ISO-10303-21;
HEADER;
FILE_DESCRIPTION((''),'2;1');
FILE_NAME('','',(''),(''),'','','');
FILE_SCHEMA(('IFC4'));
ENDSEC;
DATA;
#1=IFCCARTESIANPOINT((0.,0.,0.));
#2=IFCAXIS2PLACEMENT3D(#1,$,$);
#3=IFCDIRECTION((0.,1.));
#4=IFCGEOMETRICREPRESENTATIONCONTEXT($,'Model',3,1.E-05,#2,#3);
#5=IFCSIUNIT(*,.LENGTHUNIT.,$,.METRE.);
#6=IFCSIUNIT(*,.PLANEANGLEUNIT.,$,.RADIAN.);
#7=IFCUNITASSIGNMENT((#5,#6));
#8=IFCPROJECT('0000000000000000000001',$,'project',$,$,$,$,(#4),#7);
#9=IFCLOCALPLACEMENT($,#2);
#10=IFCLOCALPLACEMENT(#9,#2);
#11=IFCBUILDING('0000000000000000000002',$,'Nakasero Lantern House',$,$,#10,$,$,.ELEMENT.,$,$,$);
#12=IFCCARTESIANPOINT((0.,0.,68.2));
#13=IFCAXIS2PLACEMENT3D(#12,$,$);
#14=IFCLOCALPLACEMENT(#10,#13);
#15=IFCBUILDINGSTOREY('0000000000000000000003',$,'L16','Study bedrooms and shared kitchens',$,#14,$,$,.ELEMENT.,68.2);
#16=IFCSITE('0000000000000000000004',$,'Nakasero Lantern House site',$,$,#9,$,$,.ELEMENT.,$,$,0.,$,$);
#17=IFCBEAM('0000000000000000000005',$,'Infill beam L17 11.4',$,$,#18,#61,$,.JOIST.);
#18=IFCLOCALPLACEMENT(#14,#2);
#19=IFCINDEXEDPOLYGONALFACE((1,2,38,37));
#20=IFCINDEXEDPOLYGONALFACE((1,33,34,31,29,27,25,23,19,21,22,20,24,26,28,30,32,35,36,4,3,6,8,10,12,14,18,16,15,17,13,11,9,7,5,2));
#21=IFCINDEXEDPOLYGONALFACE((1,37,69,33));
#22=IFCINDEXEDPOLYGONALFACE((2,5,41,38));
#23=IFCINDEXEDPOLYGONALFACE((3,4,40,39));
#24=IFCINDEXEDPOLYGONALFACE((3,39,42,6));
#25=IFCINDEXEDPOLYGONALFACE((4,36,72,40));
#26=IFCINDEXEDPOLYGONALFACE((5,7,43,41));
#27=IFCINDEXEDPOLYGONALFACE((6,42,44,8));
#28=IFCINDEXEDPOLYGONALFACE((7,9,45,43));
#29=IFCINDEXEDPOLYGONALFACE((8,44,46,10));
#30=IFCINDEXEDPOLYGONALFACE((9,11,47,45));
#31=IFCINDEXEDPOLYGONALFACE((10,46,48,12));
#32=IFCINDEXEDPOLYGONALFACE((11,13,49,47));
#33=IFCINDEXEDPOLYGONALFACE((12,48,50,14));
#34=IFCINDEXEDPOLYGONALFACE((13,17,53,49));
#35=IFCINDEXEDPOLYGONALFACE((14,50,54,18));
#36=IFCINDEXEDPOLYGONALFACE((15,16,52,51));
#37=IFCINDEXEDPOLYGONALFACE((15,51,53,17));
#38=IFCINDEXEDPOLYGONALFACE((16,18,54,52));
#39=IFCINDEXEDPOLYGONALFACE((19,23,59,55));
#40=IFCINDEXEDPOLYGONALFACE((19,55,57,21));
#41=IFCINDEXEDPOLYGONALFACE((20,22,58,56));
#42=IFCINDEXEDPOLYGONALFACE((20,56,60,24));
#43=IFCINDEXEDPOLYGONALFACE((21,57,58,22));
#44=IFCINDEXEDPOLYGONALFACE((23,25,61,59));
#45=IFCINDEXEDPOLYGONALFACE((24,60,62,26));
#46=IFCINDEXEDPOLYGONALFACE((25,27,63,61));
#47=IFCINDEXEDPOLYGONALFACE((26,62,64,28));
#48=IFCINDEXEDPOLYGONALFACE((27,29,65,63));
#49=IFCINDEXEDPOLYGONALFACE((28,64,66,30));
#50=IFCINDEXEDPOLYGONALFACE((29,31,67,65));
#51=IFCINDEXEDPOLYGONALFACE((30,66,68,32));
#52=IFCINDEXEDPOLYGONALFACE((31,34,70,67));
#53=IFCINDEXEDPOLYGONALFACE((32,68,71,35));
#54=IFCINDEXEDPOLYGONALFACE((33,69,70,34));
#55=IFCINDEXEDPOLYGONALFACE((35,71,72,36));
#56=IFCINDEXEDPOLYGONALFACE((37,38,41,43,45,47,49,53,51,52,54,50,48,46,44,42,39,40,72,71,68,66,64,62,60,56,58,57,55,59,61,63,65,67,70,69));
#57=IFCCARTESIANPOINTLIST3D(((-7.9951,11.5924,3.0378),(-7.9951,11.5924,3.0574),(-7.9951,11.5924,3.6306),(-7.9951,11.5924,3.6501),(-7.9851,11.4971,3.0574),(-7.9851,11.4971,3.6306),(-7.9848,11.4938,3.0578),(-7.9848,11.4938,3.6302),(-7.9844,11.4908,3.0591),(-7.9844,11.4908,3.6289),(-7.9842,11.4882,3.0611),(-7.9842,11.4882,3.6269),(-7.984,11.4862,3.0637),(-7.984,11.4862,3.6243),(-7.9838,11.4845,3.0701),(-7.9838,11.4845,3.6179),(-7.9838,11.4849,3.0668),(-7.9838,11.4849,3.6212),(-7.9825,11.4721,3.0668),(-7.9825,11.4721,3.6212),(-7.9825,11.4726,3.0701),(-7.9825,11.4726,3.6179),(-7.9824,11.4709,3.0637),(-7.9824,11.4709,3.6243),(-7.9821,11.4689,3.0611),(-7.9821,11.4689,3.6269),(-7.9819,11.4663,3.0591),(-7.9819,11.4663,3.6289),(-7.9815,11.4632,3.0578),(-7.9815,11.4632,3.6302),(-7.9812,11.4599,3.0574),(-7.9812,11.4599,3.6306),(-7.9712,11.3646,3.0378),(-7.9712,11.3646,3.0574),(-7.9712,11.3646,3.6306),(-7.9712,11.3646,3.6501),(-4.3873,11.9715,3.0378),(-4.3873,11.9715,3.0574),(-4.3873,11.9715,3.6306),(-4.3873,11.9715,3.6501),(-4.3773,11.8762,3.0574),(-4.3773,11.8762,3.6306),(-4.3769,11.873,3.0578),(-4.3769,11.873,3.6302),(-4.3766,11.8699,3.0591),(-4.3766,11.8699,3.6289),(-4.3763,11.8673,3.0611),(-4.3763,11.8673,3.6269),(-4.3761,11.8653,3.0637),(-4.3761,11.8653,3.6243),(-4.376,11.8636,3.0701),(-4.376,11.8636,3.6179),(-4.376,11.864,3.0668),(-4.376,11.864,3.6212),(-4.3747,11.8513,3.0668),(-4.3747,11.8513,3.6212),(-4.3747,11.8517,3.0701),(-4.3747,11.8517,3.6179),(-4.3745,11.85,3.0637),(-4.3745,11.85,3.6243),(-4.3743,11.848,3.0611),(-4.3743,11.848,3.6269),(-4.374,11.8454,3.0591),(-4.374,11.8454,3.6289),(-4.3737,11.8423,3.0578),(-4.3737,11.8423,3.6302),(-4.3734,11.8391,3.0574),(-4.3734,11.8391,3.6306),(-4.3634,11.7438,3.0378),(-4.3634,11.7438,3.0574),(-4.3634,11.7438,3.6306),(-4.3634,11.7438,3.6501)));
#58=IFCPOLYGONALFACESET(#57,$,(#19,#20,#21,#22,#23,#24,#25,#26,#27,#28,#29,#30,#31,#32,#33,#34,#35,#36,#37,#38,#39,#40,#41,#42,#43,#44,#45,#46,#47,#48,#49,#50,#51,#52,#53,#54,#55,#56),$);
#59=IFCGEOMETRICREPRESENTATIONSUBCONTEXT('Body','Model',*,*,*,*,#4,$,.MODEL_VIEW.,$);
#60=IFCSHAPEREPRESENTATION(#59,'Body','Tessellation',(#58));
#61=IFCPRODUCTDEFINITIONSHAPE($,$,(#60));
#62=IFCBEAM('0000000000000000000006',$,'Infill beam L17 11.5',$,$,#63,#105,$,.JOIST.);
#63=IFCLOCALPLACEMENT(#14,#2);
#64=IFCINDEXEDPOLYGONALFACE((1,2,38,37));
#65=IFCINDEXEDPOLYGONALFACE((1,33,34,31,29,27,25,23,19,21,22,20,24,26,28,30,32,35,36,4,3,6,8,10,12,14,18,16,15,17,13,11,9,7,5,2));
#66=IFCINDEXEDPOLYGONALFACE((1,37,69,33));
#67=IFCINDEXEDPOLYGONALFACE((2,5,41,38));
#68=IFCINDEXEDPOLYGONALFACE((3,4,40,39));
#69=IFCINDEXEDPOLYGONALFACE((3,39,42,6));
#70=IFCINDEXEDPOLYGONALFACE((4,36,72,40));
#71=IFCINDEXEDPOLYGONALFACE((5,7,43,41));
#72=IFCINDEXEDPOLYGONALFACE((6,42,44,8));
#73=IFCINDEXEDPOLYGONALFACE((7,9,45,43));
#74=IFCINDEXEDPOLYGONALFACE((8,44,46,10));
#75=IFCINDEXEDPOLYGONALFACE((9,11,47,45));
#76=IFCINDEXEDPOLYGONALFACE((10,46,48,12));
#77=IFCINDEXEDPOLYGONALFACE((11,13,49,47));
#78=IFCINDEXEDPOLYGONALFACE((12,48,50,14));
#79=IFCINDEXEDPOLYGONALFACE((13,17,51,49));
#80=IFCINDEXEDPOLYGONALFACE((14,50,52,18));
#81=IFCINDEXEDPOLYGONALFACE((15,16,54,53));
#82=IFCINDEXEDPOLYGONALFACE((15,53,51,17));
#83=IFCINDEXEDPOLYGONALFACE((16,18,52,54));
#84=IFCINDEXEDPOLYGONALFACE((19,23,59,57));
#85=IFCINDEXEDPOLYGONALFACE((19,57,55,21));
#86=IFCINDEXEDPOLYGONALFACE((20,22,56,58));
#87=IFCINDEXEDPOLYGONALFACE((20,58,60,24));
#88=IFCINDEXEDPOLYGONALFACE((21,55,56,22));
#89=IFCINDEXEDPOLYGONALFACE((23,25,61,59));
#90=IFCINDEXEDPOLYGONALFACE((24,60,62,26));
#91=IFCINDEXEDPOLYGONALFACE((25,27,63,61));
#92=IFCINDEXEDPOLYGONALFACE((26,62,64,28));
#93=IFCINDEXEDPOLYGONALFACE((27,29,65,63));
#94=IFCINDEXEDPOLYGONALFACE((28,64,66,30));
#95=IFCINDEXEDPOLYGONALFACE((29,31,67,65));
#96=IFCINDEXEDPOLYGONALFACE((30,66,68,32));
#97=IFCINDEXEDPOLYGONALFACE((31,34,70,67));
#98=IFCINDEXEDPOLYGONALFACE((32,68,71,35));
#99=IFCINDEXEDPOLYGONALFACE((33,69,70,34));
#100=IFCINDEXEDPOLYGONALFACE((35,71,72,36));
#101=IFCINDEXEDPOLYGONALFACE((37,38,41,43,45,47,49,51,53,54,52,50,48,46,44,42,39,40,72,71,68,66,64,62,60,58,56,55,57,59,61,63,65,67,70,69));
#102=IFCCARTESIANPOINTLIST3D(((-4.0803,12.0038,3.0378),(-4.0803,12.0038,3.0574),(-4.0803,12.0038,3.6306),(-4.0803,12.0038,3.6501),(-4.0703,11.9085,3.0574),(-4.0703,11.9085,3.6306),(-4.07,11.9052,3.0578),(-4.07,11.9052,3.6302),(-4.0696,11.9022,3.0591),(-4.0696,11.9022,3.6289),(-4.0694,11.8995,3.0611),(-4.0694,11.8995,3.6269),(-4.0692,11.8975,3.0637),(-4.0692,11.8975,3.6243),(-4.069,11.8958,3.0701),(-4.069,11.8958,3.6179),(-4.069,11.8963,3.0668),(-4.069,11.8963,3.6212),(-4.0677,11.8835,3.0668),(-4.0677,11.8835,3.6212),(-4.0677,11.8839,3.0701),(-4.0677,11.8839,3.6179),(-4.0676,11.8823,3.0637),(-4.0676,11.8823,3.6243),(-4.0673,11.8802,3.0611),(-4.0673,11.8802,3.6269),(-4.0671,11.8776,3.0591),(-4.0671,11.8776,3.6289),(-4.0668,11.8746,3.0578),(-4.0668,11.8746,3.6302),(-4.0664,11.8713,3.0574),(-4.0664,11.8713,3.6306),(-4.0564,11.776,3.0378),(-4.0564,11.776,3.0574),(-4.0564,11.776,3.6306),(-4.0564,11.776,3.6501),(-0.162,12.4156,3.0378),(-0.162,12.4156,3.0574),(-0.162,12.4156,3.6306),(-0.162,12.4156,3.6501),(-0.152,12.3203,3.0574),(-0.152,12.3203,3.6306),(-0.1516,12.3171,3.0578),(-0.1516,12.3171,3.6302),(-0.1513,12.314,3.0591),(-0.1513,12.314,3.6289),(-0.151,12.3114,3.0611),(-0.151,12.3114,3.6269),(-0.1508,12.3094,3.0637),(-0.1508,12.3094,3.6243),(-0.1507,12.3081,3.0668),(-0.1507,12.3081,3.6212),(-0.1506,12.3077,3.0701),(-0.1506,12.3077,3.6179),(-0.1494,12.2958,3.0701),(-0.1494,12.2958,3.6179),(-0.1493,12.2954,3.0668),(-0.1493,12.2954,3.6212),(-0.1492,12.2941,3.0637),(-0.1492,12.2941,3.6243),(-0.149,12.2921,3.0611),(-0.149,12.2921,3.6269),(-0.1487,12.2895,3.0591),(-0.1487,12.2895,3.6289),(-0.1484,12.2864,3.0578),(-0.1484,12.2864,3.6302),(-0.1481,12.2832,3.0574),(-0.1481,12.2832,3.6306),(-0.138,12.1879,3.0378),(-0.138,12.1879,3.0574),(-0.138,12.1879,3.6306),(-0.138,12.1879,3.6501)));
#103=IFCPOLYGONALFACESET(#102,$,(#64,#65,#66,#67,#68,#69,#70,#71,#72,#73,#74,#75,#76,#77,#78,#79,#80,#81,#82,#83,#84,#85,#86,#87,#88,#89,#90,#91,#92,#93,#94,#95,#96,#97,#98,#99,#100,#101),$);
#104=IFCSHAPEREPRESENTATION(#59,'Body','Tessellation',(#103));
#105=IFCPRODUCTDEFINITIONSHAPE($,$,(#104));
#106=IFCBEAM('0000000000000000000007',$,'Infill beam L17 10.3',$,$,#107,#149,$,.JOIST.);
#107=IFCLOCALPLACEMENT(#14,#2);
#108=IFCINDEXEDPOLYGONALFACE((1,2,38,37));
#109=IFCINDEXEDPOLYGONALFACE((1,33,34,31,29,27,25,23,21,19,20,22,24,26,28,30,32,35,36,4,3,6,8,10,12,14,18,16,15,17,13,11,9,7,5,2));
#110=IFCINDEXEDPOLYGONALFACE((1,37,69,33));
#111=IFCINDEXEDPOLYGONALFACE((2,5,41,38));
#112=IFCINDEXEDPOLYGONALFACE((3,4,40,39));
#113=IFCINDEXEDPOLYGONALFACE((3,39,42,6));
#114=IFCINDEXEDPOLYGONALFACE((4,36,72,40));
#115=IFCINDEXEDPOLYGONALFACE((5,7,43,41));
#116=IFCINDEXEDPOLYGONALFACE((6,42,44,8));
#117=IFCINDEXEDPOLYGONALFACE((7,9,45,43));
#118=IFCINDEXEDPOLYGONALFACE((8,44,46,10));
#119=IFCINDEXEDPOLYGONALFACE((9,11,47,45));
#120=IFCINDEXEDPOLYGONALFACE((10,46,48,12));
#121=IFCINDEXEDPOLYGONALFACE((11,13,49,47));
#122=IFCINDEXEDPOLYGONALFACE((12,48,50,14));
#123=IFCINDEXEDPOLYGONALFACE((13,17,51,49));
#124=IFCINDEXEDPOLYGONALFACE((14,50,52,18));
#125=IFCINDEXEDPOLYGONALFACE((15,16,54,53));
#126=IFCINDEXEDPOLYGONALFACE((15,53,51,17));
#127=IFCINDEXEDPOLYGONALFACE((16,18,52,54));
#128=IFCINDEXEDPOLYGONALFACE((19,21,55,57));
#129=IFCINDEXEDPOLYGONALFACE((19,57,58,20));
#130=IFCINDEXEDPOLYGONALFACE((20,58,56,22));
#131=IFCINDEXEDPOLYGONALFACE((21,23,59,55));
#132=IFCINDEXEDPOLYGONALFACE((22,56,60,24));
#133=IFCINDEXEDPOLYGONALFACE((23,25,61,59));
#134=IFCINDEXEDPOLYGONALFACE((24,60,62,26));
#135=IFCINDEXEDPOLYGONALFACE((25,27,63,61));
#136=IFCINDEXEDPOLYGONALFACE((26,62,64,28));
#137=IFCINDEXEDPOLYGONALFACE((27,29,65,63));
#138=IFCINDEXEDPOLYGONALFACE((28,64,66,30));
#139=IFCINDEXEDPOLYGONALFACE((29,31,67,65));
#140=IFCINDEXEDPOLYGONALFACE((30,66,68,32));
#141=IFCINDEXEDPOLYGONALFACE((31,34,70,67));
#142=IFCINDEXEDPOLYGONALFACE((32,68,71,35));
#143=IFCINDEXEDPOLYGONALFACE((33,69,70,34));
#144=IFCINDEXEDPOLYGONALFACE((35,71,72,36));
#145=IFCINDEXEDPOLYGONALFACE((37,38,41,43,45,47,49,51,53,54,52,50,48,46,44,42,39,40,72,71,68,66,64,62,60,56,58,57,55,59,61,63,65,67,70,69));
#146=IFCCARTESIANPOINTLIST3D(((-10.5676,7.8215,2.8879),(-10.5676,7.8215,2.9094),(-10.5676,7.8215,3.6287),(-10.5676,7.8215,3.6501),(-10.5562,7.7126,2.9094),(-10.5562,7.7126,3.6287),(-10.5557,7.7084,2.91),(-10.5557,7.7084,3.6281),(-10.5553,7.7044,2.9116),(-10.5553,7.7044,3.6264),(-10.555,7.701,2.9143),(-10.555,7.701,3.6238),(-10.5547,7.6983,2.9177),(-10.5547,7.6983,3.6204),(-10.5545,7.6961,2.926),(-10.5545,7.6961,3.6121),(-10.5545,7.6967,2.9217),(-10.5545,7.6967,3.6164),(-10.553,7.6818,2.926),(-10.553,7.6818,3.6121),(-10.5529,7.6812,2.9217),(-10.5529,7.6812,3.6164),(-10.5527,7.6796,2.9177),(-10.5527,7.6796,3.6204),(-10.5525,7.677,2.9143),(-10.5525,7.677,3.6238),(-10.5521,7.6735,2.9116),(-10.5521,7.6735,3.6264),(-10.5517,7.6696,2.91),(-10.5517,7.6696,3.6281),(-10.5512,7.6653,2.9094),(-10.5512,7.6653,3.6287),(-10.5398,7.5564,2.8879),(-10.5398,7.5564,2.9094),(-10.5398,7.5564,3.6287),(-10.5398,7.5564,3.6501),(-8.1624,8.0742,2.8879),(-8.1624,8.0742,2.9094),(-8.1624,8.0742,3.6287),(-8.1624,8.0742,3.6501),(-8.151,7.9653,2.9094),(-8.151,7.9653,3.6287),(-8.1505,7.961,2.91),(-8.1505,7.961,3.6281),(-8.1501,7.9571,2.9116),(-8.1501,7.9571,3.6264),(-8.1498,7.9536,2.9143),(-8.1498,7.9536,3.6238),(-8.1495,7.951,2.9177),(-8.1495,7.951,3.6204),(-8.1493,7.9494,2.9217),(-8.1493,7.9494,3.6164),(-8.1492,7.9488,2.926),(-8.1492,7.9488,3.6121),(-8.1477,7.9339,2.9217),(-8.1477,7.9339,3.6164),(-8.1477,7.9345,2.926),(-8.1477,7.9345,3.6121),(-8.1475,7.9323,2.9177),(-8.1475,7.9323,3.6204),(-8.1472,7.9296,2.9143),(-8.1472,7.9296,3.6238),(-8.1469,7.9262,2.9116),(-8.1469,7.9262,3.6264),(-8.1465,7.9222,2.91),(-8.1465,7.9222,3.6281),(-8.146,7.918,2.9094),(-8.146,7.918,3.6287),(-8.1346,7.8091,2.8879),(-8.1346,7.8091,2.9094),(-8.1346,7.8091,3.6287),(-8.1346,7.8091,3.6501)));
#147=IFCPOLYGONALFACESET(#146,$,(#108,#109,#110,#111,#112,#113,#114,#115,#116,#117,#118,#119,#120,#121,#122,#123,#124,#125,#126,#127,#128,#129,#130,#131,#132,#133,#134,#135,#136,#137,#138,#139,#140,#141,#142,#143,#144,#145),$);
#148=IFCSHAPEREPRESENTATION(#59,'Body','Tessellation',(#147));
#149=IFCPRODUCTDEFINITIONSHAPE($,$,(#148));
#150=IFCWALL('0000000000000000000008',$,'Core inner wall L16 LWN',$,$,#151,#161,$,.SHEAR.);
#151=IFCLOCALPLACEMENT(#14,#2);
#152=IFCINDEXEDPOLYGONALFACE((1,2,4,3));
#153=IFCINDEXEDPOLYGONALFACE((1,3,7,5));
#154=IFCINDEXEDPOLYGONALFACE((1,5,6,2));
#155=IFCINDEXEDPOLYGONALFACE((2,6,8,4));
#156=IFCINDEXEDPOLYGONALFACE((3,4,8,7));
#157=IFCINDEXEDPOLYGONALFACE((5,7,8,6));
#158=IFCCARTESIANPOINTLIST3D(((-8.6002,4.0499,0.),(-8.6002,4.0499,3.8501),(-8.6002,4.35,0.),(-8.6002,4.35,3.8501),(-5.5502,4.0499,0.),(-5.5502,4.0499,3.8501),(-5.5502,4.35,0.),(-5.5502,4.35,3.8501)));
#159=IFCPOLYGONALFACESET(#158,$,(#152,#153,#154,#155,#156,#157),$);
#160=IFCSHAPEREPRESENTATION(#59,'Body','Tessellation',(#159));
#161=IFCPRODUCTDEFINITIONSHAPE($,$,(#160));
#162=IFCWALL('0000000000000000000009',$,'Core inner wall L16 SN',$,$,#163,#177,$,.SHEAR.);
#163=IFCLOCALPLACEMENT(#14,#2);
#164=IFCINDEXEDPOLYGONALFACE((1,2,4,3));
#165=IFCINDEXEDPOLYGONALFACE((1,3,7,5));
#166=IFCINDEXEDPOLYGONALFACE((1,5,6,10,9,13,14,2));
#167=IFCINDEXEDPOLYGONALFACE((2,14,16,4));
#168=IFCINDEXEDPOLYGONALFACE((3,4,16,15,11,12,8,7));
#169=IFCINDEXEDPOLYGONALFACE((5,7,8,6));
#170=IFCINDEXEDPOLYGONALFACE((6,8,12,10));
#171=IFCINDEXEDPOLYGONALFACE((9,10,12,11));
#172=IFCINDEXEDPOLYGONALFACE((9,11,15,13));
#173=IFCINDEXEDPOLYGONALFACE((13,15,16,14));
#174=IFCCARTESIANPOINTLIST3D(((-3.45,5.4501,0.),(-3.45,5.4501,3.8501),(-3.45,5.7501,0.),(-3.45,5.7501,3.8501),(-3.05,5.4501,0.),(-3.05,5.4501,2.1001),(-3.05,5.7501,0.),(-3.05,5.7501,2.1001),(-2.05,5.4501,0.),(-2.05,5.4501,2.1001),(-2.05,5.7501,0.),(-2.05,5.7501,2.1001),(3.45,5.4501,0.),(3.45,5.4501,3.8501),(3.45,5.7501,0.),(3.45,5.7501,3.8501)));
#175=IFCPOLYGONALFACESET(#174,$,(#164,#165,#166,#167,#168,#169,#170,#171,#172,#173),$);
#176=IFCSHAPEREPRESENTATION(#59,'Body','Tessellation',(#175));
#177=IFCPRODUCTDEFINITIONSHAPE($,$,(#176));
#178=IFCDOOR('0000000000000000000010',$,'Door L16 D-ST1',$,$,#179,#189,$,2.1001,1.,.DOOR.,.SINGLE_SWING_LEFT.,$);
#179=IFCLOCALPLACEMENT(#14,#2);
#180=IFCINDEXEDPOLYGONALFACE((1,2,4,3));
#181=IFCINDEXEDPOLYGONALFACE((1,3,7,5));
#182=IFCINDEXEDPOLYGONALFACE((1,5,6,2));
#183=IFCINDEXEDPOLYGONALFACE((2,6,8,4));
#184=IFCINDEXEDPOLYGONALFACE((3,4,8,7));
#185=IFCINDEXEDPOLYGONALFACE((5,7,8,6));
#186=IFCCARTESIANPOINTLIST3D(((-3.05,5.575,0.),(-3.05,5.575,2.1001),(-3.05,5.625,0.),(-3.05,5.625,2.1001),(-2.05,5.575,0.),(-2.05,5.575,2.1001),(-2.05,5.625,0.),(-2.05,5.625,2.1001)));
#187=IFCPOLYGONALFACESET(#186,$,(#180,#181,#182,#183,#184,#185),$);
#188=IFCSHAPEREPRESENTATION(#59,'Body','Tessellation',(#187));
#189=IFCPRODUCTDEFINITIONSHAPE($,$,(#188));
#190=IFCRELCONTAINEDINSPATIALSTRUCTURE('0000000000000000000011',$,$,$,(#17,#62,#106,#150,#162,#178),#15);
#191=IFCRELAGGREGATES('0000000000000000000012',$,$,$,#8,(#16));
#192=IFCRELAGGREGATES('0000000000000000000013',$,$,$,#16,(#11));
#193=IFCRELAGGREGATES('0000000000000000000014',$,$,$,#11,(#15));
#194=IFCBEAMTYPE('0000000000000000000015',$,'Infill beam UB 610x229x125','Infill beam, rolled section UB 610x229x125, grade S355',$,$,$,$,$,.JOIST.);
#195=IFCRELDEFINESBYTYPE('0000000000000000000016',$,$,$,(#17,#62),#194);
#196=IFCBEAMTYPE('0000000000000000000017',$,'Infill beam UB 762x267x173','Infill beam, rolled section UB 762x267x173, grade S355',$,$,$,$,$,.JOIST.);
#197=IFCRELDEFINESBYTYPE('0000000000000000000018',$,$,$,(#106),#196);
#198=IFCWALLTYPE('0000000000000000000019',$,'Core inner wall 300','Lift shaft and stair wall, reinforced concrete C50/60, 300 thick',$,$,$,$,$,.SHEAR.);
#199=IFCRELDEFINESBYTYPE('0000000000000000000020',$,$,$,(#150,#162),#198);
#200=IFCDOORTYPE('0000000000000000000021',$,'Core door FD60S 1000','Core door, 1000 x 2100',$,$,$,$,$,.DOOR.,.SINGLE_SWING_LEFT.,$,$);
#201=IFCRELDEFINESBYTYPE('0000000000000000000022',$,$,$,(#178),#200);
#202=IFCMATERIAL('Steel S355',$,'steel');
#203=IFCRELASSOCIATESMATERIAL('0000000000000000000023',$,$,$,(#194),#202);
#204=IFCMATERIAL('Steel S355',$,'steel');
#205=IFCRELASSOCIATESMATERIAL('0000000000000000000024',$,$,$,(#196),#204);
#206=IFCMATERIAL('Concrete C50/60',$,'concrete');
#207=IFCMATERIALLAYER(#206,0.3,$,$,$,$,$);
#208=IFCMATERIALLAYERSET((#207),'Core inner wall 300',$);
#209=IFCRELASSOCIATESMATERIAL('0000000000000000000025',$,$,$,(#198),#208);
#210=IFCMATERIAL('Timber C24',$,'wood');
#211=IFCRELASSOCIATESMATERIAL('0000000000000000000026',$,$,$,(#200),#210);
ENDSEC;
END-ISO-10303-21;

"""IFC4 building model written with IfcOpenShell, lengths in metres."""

from ifc_helpers import new_model, si_unit, direction, frame, frame_2d, origin, origin_2d, place, context, subcontext, project, spatial, rectangle, i_section, extrude, material, layer, layer_set, material_profile, profile_set, type_object, element, fill, save


model = new_model("IFC4")

# Units and contexts
model_context = context("Model", 3, precision=1e-05, world=origin(), true_north=direction((0.0, 1.0)))
body_context = subcontext(model_context, "Body", "Model", "MODEL_VIEW")
ifc_project = project(units=[si_unit("LENGTHUNIT", "METRE"), si_unit("PLANEANGLEUNIT", "RADIAN")], contexts=[model_context])

# Site, building, storey
site_placement = place(None, origin())
site = spatial("IfcSite", under=ifc_project, at=site_placement, Name="Nakasero Lantern House site", CompositionType="ELEMENT", RefElevation=0.0)
building_placement = place(site_placement, origin())
building = spatial("IfcBuilding", under=site, at=building_placement, Name="Nakasero Lantern House", CompositionType="ELEMENT")
storey_placement = place(building_placement, frame((0.0, 0.0, 68.2)))
storey = spatial("IfcBuildingStorey", under=building, at=storey_placement, Name="L16", Description="Study bedrooms and shared kitchens", CompositionType="ELEMENT", Elevation=68.2)

# Beams
ifc_material_1 = material(Name="Steel S355", Category="steel")
ifc_material_profile_1 = material_profile(ifc_material_1, i_section(OverallWidth=0.229, OverallDepth=0.6123, WebThickness=0.012, FlangeThickness=0.0195, FilletRadius=0.0127, at=origin_2d()), Name="UB 610x229x125")
ifc_profile_set_1 = profile_set([ifc_material_profile_1], Name="Steel S355")
beam_type_1 = type_object("IfcBeamType", Name="Infill beam UB 610x229x125", Description="Infill beam, rolled section UB 610x229x125, grade S355", PredefinedType="JOIST", material=ifc_profile_set_1)
beam_1_placement = place(storey_placement, frame((-7.9832, 11.4785, 3.344), z_axis=(0.994524, 0.104513, 0.0), x_axis=(-0.104513, 0.994524, 0.0)))
element("IfcBeam", 1, at=beam_1_placement, inside=storey, type_object=beam_type_1, Name="Infill beam L17 11.4", PredefinedType="JOIST", context=body_context, shape_type="SweptSolid", body=[
    extrude(i_section(OverallWidth=0.229, OverallDepth=0.6123, WebThickness=0.012, FlangeThickness=0.0195, FilletRadius=0.0127, at=origin_2d()), origin(), (0.0, 0.0, 1.0), 3.6277),
])
beam_2_placement = place(storey_placement, frame((-4.0684, 11.8899, 3.344), z_axis=(0.994521, 0.104533, 0.0), x_axis=(-0.104533, 0.994521, 0.0)))
element("IfcBeam", 2, at=beam_2_placement, inside=storey, type_object=beam_type_1, Name="Infill beam L17 11.5", PredefinedType="JOIST", context=body_context, shape_type="SweptSolid", body=[
    extrude(i_section(OverallWidth=0.229, OverallDepth=0.6123, WebThickness=0.012, FlangeThickness=0.0195, FilletRadius=0.0127, at=origin_2d()), origin(), (0.0, 0.0, 1.0), 3.9399),
])
ifc_material_2 = material(Name="Steel S355", Category="steel")
ifc_material_profile_2 = material_profile(ifc_material_2, i_section(OverallWidth=0.2666, OverallDepth=0.7622, WebThickness=0.0144, FlangeThickness=0.0215, FilletRadius=0.0166, at=origin_2d()), Name="UB 762x267x173")
ifc_profile_set_2 = profile_set([ifc_material_profile_2], Name="Steel S355")
beam_type_2 = type_object("IfcBeamType", Name="Infill beam UB 762x267x173", Description="Infill beam, rolled section UB 762x267x173, grade S355", PredefinedType="JOIST", material=ifc_profile_set_2)
beam_3_placement = place(storey_placement, frame((-10.5537, 7.689, 3.269), z_axis=(0.994527, 0.10448, 0.0), x_axis=(-0.10448, 0.994527, 0.0)))
element("IfcBeam", 3, at=beam_3_placement, inside=storey, type_object=beam_type_2, Name="Infill beam L17 10.3", PredefinedType="JOIST", context=body_context, shape_type="SweptSolid", body=[
    extrude(i_section(OverallWidth=0.2666, OverallDepth=0.7622, WebThickness=0.0144, FlangeThickness=0.0215, FilletRadius=0.0166, at=origin_2d()), origin(), (0.0, 0.0, 1.0), 2.4185),
])

# Wall
ifc_material_3 = material(Name="Concrete C50/60", Category="concrete")
ifc_layer_1 = layer(ifc_material_3, 0.3)
ifc_layer_set_1 = layer_set([ifc_layer_1], Name="Core inner wall 300")
wall_type_1 = type_object("IfcWallType", Name="Core inner wall 300", Description="Lift shaft and stair wall, reinforced concrete C50/60, 300 thick", PredefinedType="SHEAR", material=ifc_layer_set_1)
wall_1_placement = place(storey_placement, frame((-8.6001, 4.2, 0.0), z_axis=(0.0, 0.0, 1.0), x_axis=(1.0, 0.0, 0.0)))
element("IfcWall", 4, at=wall_1_placement, inside=storey, type_object=wall_type_1, Name="Core inner wall L16 LWN", PredefinedType="SHEAR", context=body_context, shape_type="SweptSolid", body=[
    extrude(rectangle(XDim=3.05, YDim=0.3, at=frame_2d((1.5249, 0.0))), origin(), (0.0, 0.0, 1.0), 3.8501),
])

# Wall, opening, door
wall_2_placement = place(storey_placement, frame((-3.45, 5.6001, 0.0), z_axis=(0.0, 0.0, 1.0), x_axis=(1.0, 0.0, 0.0)))
wall_2 = element("IfcWall", 5, at=wall_2_placement, inside=storey, type_object=wall_type_1, Name="Core inner wall L16 SN", PredefinedType="SHEAR", context=body_context, shape_type="SweptSolid", body=[
    extrude(rectangle(XDim=6.8999, YDim=0.3, at=frame_2d((3.45, 0.0))), origin(), (0.0, 0.0, 1.0), 3.8501),
])
opening_1_placement = place(wall_2_placement, frame((0.3999, 0.0, 0.0)))
opening_1 = element("IfcOpeningElement", 6, at=opening_1_placement, cuts=wall_2, PredefinedType="OPENING", context=body_context, shape_type="SweptSolid", body=[
    extrude(rectangle(XDim=1.0, YDim=2.1001, at=frame_2d((0.5, 1.05))), frame((0.0, 0.1699, 0.0), z_axis=(0.0, -1.0, 0.0), x_axis=(1.0, 0.0, 0.0)), (0.0, 0.0, 1.0), 0.3401),
])
ifc_material_4 = material(Name="Timber C24", Category="wood")
door_type_1 = type_object("IfcDoorType", Name="Core door FD60S 1000", Description="Core door, 1000 x 2100", OperationType="SINGLE_SWING_LEFT", PredefinedType="DOOR", material=ifc_material_4)
door_1_placement = place(opening_1_placement, origin())
door_1 = element("IfcDoor", 7, at=door_1_placement, inside=storey, type_object=door_type_1, Name="Door L16 D-ST1", OperationType="SINGLE_SWING_LEFT", OverallHeight=2.1001, OverallWidth=1.0, PredefinedType="DOOR", context=body_context, shape_type="SweptSolid", body=[
    extrude(rectangle(XDim=1.0, YDim=2.1001, at=frame_2d((0.5, 1.05))), frame((0.0, 0.0249, 0.0), z_axis=(0.0, -1.0, 0.0), x_axis=(1.0, 0.0, 0.0)), (0.0, 0.0, 1.0), 0.05),
])
fill(opening_1, door_1)

save(model, "model.ifc")
